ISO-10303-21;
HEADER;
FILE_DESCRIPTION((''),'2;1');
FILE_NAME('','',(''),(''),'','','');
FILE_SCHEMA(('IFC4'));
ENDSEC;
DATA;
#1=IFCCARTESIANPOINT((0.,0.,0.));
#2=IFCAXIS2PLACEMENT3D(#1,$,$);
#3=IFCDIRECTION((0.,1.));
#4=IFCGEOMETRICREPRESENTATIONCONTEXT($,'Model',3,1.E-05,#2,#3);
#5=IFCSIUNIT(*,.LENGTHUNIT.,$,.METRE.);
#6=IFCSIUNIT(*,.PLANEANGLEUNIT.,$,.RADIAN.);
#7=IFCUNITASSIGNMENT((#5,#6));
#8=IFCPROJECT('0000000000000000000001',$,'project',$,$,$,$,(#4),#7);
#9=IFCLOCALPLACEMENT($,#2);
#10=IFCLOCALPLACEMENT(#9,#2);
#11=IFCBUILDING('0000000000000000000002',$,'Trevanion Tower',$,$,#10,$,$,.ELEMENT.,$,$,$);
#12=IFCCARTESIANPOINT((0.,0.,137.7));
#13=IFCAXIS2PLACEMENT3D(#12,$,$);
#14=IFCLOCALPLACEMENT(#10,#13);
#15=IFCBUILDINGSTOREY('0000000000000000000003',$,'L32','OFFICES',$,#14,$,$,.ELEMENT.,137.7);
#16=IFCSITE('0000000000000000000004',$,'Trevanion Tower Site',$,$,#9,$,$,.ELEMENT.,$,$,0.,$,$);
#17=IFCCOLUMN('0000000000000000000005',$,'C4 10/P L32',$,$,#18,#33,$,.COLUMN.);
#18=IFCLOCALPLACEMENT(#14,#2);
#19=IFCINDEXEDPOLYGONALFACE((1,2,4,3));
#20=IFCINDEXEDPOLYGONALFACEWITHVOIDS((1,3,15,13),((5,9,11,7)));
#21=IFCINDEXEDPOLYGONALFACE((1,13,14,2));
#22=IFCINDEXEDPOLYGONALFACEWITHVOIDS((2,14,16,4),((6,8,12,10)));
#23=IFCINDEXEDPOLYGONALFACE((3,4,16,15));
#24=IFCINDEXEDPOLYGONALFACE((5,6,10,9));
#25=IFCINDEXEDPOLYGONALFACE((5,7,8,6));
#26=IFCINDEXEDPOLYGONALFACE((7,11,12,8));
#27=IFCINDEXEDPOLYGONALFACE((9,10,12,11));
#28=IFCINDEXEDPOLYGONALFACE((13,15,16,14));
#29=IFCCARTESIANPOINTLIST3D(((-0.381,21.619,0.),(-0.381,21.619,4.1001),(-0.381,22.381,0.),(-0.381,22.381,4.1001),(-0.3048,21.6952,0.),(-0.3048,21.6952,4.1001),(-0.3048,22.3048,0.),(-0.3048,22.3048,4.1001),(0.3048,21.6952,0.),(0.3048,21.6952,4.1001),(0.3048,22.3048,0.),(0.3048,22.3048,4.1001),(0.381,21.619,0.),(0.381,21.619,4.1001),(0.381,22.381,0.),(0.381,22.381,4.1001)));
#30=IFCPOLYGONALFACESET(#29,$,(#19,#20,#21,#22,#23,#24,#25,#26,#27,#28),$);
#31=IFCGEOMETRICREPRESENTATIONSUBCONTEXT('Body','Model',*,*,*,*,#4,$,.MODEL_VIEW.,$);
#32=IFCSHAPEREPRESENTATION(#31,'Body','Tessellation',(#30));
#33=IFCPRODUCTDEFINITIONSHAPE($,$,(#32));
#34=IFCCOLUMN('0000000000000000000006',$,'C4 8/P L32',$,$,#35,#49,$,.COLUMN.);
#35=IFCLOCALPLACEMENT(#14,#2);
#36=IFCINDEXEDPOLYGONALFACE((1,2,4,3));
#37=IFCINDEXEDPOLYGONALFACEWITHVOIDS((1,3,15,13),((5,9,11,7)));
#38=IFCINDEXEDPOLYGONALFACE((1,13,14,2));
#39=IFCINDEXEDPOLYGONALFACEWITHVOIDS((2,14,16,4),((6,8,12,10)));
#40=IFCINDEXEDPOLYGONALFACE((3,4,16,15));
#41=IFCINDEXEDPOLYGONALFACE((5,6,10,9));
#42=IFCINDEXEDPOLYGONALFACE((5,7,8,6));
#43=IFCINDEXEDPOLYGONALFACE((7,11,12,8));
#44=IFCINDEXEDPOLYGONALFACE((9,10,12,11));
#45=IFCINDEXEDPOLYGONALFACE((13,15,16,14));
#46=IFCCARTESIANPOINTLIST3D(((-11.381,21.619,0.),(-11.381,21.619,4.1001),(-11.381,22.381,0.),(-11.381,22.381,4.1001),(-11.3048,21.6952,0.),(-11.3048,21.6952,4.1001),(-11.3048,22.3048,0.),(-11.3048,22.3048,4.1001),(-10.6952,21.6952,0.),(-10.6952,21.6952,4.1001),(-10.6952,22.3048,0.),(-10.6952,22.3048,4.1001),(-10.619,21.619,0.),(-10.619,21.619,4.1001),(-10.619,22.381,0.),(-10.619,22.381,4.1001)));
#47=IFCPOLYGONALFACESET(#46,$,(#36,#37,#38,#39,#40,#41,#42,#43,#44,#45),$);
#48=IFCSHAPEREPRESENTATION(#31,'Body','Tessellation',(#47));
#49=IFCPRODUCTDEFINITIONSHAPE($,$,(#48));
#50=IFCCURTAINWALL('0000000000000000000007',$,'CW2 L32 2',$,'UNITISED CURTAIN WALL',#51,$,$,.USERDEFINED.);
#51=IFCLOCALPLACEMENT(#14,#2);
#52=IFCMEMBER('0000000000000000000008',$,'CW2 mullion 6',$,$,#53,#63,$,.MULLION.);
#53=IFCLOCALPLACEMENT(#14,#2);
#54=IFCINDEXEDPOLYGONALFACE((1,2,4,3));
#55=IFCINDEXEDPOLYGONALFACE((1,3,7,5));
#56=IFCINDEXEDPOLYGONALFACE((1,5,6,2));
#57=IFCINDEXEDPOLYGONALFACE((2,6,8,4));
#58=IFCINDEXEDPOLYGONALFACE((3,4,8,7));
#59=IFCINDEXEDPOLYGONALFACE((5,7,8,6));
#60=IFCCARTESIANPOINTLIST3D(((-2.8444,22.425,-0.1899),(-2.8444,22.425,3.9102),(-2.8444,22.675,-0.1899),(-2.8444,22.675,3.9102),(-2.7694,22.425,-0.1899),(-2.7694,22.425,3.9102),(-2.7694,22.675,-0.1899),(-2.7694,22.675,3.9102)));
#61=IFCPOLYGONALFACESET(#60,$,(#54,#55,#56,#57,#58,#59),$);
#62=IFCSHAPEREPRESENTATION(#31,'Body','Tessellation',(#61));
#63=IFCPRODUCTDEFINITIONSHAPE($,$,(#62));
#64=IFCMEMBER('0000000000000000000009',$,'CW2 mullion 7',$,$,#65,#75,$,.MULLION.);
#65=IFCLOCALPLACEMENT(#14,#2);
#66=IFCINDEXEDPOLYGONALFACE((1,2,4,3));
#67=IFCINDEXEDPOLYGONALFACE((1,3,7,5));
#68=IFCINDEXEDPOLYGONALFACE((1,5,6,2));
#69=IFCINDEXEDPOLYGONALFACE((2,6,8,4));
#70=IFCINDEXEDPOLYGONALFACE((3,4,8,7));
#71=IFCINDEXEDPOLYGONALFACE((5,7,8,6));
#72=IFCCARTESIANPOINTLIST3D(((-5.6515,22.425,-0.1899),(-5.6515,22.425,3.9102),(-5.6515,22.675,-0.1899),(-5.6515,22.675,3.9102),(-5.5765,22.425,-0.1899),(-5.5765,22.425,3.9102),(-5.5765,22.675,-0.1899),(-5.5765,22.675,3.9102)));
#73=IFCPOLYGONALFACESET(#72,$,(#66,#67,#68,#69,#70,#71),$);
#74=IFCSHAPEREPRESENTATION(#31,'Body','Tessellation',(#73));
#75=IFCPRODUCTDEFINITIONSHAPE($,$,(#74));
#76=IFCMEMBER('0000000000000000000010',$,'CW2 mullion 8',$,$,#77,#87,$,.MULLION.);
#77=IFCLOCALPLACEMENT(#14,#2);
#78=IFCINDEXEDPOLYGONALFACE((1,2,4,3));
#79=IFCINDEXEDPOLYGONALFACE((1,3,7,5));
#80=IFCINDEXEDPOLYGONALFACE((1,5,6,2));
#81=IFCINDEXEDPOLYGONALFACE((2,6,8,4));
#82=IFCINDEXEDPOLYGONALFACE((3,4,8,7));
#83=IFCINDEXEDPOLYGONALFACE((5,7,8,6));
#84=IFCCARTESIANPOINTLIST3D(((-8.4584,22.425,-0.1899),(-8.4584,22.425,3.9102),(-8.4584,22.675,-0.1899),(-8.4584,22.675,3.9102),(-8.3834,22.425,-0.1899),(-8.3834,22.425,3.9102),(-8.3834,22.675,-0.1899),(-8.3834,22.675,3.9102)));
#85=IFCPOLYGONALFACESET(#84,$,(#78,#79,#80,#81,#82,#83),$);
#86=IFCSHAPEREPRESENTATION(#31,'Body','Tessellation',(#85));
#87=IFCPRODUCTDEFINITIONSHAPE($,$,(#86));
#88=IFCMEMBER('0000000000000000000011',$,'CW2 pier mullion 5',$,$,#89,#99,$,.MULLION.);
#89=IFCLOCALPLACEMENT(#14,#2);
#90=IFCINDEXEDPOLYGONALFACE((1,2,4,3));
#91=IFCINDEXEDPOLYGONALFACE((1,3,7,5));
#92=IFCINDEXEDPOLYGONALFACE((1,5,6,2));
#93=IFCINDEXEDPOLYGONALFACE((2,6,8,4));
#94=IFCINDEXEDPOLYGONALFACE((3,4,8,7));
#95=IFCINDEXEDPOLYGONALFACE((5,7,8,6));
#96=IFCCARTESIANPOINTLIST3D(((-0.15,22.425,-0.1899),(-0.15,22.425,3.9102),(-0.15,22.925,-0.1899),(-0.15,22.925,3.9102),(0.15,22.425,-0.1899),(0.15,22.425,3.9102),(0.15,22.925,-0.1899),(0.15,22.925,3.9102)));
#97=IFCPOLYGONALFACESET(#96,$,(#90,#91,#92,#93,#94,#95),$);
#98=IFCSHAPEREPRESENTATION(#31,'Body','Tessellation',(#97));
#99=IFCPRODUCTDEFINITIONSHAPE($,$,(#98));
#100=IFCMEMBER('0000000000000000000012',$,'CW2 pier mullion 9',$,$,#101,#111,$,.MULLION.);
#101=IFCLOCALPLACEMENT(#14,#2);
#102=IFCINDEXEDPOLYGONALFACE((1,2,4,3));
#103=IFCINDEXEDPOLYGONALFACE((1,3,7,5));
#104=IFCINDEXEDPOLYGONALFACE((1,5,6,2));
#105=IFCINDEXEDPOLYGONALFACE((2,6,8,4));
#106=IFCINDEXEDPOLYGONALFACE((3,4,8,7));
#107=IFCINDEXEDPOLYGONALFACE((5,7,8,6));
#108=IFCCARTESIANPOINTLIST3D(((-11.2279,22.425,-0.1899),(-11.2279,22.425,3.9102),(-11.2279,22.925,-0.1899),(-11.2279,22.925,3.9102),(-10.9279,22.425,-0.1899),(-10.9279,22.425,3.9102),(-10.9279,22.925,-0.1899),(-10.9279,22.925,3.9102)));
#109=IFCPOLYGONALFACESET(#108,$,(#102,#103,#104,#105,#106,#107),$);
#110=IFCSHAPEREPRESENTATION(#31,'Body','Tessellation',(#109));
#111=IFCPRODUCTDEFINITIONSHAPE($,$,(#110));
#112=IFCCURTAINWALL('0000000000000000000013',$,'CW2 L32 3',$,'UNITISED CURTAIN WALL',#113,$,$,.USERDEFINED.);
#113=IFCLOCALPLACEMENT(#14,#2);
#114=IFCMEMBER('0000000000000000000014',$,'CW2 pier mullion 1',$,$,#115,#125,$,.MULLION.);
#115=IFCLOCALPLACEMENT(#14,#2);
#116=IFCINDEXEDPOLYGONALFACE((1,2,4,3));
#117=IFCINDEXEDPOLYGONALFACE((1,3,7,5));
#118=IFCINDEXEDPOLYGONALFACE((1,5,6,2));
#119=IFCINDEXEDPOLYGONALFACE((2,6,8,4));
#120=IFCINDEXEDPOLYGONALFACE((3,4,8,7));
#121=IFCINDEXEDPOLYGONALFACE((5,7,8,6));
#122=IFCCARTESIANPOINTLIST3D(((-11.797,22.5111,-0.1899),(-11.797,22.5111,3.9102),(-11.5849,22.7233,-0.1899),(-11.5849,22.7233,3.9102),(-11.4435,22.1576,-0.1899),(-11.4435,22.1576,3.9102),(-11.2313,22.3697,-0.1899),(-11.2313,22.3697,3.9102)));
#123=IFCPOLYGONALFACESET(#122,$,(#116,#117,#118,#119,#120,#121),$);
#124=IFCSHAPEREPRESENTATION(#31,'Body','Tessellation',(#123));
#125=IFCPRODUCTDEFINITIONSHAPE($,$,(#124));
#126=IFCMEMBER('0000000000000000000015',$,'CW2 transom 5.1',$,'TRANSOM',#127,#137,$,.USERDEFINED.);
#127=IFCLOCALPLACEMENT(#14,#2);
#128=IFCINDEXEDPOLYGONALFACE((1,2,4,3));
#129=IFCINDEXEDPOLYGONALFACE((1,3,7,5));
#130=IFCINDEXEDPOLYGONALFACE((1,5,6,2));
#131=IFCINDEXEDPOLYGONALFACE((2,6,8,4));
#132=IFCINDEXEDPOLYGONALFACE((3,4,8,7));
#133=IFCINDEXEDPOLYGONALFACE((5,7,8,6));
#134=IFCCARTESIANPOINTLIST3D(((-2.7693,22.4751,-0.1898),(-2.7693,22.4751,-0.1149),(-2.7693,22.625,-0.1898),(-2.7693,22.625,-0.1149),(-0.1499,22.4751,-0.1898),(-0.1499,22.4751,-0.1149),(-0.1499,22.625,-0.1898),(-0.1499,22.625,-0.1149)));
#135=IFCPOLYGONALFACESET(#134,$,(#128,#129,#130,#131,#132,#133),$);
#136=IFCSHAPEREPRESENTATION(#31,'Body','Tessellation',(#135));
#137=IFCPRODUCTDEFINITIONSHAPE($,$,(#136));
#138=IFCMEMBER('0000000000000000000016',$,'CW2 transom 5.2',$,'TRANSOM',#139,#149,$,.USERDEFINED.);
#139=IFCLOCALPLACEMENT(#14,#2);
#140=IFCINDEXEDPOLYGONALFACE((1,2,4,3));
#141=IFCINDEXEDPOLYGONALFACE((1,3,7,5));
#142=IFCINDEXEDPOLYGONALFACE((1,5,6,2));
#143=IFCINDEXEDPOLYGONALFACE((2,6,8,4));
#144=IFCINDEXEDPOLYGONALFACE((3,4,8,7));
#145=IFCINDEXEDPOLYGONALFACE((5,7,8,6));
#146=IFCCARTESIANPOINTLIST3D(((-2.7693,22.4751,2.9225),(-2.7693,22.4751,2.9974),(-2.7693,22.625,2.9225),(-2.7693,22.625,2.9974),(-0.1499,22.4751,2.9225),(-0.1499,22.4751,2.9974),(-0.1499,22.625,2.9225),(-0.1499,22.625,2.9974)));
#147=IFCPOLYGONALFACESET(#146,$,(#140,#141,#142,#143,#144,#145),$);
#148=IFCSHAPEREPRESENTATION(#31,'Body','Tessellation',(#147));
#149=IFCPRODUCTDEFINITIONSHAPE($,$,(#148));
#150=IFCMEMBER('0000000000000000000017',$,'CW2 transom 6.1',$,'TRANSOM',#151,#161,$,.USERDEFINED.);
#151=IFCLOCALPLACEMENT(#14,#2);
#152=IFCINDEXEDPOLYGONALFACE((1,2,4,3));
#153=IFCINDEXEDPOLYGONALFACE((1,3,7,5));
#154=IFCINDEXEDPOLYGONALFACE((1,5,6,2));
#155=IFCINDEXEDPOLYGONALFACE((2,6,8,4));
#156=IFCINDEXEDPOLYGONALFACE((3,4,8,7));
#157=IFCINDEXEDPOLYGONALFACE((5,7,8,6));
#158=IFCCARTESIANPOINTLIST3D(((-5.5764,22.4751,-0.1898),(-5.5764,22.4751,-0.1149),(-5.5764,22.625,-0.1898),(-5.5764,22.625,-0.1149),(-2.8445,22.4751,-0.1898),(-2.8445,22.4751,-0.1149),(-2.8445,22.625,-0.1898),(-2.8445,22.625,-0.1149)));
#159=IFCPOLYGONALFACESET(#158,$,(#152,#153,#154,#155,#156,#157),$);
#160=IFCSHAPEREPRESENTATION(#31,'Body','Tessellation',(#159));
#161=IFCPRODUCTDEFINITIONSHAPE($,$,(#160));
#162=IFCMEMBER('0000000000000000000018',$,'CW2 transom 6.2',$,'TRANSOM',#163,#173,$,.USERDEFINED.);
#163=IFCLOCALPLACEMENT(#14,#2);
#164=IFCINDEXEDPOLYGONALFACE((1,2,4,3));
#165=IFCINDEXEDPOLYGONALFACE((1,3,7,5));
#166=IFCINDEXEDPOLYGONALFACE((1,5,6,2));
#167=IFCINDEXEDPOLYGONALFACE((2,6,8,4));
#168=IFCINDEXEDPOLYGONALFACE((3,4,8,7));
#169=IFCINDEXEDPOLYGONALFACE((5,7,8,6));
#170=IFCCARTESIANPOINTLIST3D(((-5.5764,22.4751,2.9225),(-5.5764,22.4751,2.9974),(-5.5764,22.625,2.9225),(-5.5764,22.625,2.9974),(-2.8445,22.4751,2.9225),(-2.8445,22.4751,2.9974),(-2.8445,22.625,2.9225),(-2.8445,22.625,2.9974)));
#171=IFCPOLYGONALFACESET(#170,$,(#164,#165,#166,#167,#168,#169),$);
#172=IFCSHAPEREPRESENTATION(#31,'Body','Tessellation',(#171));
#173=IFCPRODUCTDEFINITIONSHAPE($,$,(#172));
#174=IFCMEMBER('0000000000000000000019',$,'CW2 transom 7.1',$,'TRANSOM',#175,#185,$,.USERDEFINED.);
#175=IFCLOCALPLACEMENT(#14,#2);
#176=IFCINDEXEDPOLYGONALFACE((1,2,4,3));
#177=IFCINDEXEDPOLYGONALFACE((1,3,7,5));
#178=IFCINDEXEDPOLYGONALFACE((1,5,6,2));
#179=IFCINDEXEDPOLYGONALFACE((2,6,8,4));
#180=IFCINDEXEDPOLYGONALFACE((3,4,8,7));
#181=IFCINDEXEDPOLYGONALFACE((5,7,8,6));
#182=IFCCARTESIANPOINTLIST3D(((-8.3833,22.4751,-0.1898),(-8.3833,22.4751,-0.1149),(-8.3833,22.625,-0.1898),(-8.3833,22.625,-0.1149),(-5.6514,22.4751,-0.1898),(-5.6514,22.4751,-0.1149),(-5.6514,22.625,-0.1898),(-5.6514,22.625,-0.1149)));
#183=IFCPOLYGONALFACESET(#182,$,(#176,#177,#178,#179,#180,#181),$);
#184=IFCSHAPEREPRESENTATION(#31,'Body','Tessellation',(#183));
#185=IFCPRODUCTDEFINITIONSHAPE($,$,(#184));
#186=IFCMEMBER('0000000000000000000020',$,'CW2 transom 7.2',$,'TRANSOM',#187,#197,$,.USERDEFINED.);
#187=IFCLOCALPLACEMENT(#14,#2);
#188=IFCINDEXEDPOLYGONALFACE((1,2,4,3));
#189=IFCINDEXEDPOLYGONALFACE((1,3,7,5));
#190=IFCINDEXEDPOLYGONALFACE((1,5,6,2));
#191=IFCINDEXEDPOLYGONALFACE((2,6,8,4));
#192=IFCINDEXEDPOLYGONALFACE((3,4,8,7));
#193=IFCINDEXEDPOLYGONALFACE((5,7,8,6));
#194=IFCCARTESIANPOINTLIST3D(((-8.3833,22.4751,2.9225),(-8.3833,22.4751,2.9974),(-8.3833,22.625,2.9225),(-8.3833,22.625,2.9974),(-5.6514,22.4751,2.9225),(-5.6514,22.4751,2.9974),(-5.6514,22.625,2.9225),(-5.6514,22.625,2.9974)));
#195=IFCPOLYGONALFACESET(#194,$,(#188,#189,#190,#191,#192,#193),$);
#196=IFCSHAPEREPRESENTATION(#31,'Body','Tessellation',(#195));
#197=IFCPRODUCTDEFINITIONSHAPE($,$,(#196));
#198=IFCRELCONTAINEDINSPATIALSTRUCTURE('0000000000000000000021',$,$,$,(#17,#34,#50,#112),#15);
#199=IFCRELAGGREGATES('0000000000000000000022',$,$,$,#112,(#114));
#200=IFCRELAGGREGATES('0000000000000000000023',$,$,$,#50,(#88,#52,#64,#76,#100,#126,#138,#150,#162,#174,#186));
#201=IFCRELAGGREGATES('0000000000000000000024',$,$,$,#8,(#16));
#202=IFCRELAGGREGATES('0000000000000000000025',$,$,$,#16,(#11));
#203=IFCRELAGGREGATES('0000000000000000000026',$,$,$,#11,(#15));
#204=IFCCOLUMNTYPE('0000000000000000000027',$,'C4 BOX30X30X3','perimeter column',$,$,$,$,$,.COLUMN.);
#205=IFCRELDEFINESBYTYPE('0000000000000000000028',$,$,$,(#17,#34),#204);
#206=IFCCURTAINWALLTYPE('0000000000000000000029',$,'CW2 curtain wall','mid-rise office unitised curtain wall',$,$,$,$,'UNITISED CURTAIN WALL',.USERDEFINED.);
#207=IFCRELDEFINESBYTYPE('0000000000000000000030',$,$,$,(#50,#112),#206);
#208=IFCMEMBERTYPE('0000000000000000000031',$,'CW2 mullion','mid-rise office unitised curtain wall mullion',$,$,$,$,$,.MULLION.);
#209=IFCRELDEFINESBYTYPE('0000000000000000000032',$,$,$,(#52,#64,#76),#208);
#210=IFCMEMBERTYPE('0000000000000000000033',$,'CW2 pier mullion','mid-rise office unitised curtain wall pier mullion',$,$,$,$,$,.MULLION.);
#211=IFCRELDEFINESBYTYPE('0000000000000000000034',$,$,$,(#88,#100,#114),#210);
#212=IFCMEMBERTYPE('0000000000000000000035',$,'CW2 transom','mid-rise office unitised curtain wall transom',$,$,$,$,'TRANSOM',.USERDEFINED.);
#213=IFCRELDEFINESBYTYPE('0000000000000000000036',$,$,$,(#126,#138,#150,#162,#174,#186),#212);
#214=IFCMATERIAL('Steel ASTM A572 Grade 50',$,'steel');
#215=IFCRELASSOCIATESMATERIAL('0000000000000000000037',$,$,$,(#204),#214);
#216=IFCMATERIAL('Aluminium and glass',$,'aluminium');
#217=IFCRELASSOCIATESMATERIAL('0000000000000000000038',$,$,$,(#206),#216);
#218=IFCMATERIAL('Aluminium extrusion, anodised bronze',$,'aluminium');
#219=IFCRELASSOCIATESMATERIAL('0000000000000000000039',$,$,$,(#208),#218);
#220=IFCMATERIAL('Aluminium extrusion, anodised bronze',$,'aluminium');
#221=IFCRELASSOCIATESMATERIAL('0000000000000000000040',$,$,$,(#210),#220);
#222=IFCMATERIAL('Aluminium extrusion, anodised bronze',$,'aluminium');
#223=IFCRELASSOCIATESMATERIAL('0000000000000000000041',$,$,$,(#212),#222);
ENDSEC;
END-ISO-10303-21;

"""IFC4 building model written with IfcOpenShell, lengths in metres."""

from ifc_helpers import new_model, si_unit, direction, frame, origin, origin_2d, place, context, subcontext, project, spatial, rectangle, hollow_rectangle, extrude, material, material_profile, profile_set, type_object, element, aggregate, save


model = new_model("IFC4")

# Units and contexts
model_context = context("Model", 3, precision=1e-05, world=origin(), true_north=direction((0.0, 1.0)))
body_context = subcontext(model_context, "Body", "Model", "MODEL_VIEW")
ifc_project = project(units=[si_unit("LENGTHUNIT", "METRE"), si_unit("PLANEANGLEUNIT", "RADIAN")], contexts=[model_context])

# Site, building, storey
site_placement = place(None, origin())
site = spatial("IfcSite", under=ifc_project, at=site_placement, Name="Trevanion Tower Site", CompositionType="ELEMENT", RefElevation=0.0)
building_placement = place(site_placement, origin())
building = spatial("IfcBuilding", under=site, at=building_placement, Name="Trevanion Tower", CompositionType="ELEMENT")
storey_placement = place(building_placement, frame((0.0, 0.0, 137.7)))
storey = spatial("IfcBuildingStorey", under=building, at=storey_placement, Name="L32", Description="OFFICES", CompositionType="ELEMENT", Elevation=137.7)

# Columns
ifc_material_1 = material(Name="Steel ASTM A572 Grade 50", Category="steel")
ifc_material_profile_1 = material_profile(ifc_material_1, hollow_rectangle(XDim=0.762, YDim=0.762, WallThickness=0.0762, at=origin_2d()), Name="BOX30X30X3")
ifc_profile_set_1 = profile_set([ifc_material_profile_1], Name="Steel ASTM A572 Grade 50")
column_type = type_object("IfcColumnType", Name="C4 BOX30X30X3", Description="perimeter column", PredefinedType="COLUMN", material=ifc_profile_set_1)
for number, where, z_axis, x_axis, name in (
    (1, (0.0, 22.0, 0.0), (0.0, 0.0, 1.0), (1.0, 0.0, 0.0), "C4 10/P L32"),
    (2, (-11.0, 22.0, 0.0), (0.0, 0.0, 1.0), (1.0, 0.0, 0.0), "C4 8/P L32"),
):
    element("IfcColumn", number, at=place(storey_placement, frame(where, z_axis=z_axis, x_axis=x_axis)), inside=storey, type_object=column_type, Name=name, PredefinedType="COLUMN", context=body_context, shape_type="SweptSolid", body=[
        extrude(hollow_rectangle(XDim=0.762, YDim=0.762, WallThickness=0.0762, at=origin_2d()), origin(), (0.0, 0.0, 1.0), 4.1001),
    ])

# Curtain wall, members
ifc_material_2 = material(Name="Aluminium and glass", Category="aluminium")
curtain_wall_type = type_object("IfcCurtainWallType", Name="CW2 curtain wall", Description="mid-rise office unitised curtain wall", ElementType="UNITISED CURTAIN WALL", PredefinedType="USERDEFINED", material=ifc_material_2)
curtain_wall_1_placement = place(storey_placement, origin())
curtain_wall_1 = element("IfcCurtainWall", 3, at=curtain_wall_1_placement, inside=storey, type_object=curtain_wall_type, Name="CW2 L32 2", ObjectType="UNITISED CURTAIN WALL", PredefinedType="USERDEFINED")
ifc_material_3 = material(Name="Aluminium extrusion, anodised bronze", Category="aluminium")
ifc_material_profile_2 = material_profile(ifc_material_3, rectangle(XDim=0.075, YDim=0.25, at=origin_2d()), Name="CW2 mullion")
ifc_profile_set_2 = profile_set([ifc_material_profile_2], Name="Aluminium extrusion, anodised bronze")
member_type_1 = type_object("IfcMemberType", Name="CW2 mullion", Description="mid-rise office unitised curtain wall mullion", PredefinedType="MULLION", material=ifc_profile_set_2)
member_1_placement = place(storey_placement, frame((-2.8069, 22.55, -0.1899), z_axis=(0.0, 0.0, 1.0), x_axis=(-1.0, 0.0, 0.0)))
member_1 = element("IfcMember", 4, at=member_1_placement, type_object=member_type_1, Name="CW2 mullion 6", PredefinedType="MULLION", context=body_context, shape_type="SweptSolid", body=[
    extrude(rectangle(XDim=0.075, YDim=0.25, at=origin_2d()), origin(), (0.0, 0.0, 1.0), 4.1001),
])
member_2_placement = place(storey_placement, frame((-5.614, 22.55, -0.1899), z_axis=(0.0, 0.0, 1.0), x_axis=(-1.0, 0.0, 0.0)))
member_2 = element("IfcMember", 5, at=member_2_placement, type_object=member_type_1, Name="CW2 mullion 7", PredefinedType="MULLION", context=body_context, shape_type="SweptSolid", body=[
    extrude(rectangle(XDim=0.075, YDim=0.25, at=origin_2d()), origin(), (0.0, 0.0, 1.0), 4.1001),
])
member_3_placement = place(storey_placement, frame((-8.4209, 22.55, -0.1899), z_axis=(0.0, 0.0, 1.0), x_axis=(-1.0, 0.0, 0.0)))
member_3 = element("IfcMember", 6, at=member_3_placement, type_object=member_type_1, Name="CW2 mullion 8", PredefinedType="MULLION", context=body_context, shape_type="SweptSolid", body=[
    extrude(rectangle(XDim=0.075, YDim=0.25, at=origin_2d()), origin(), (0.0, 0.0, 1.0), 4.1001),
])
ifc_material_4 = material(Name="Aluminium extrusion, anodised bronze", Category="aluminium")
ifc_material_profile_3 = material_profile(ifc_material_4, rectangle(XDim=0.3, YDim=0.5, at=origin_2d()), Name="CW2 pier mullion")
ifc_profile_set_3 = profile_set([ifc_material_profile_3], Name="Aluminium extrusion, anodised bronze")
member_type_2 = type_object("IfcMemberType", Name="CW2 pier mullion", Description="mid-rise office unitised curtain wall pier mullion", PredefinedType="MULLION", material=ifc_profile_set_3)
member_4_placement = place(storey_placement, frame((0.0, 22.675, -0.1899), z_axis=(0.0, 0.0, 1.0), x_axis=(-1.0, 0.0, 0.0)))
member_4 = element("IfcMember", 7, at=member_4_placement, type_object=member_type_2, Name="CW2 pier mullion 5", PredefinedType="MULLION", context=body_context, shape_type="SweptSolid", body=[
    extrude(rectangle(XDim=0.3, YDim=0.5, at=origin_2d()), origin(), (0.0, 0.0, 1.0), 4.1001),
])
member_5_placement = place(storey_placement, frame((-11.0779, 22.675, -0.1899), z_axis=(0.0, 0.0, 1.0), x_axis=(-1.0, 0.0, 0.0)))
member_5 = element("IfcMember", 8, at=member_5_placement, type_object=member_type_2, Name="CW2 pier mullion 9", PredefinedType="MULLION", context=body_context, shape_type="SweptSolid", body=[
    extrude(rectangle(XDim=0.3, YDim=0.5, at=origin_2d()), origin(), (0.0, 0.0, 1.0), 4.1001),
])

# Curtain wall, member
curtain_wall_2_placement = place(storey_placement, origin())
curtain_wall_2 = element("IfcCurtainWall", 9, at=curtain_wall_2_placement, inside=storey, type_object=curtain_wall_type, Name="CW2 L32 3", ObjectType="UNITISED CURTAIN WALL", PredefinedType="USERDEFINED")
member_6_placement = place(storey_placement, frame((-11.5142, 22.4404, -0.1899), z_axis=(0.0, 0.0, 1.0), x_axis=(-0.707107, -0.707107, 0.0)))
member_6 = element("IfcMember", 10, at=member_6_placement, type_object=member_type_2, Name="CW2 pier mullion 1", PredefinedType="MULLION", context=body_context, shape_type="SweptSolid", body=[
    extrude(rectangle(XDim=0.3, YDim=0.5, at=origin_2d()), origin(), (0.0, 0.0, 1.0), 4.1001),
])
aggregate(curtain_wall_2, [member_6])

# Members
ifc_material_5 = material(Name="Aluminium extrusion, anodised bronze", Category="aluminium")
ifc_material_profile_4 = material_profile(ifc_material_5, rectangle(XDim=0.1499, YDim=0.075, at=origin_2d()), Name="CW2 transom")
ifc_profile_set_4 = profile_set([ifc_material_profile_4], Name="Aluminium extrusion, anodised bronze")
member_type_3 = type_object("IfcMemberType", Name="CW2 transom", Description="mid-rise office unitised curtain wall transom", ElementType="TRANSOM", PredefinedType="USERDEFINED", material=ifc_profile_set_4)
member_7_placement = place(storey_placement, frame((-0.1499, 22.55, -0.1523), z_axis=(-1.0, 0.0, 0.0), x_axis=(0.0, -1.0, 0.0)))
member_7 = element("IfcMember", 11, at=member_7_placement, type_object=member_type_3, Name="CW2 transom 5.1", ObjectType="TRANSOM", PredefinedType="USERDEFINED", context=body_context, shape_type="SweptSolid", body=[
    extrude(rectangle(XDim=0.1499, YDim=0.075, at=origin_2d()), origin(), (0.0, 0.0, 1.0), 2.6194),
])
member_8_placement = place(storey_placement, frame((-0.1499, 22.55, 2.96), z_axis=(-1.0, 0.0, 0.0), x_axis=(0.0, -1.0, 0.0)))
member_8 = element("IfcMember", 12, at=member_8_placement, type_object=member_type_3, Name="CW2 transom 5.2", ObjectType="TRANSOM", PredefinedType="USERDEFINED", context=body_context, shape_type="SweptSolid", body=[
    extrude(rectangle(XDim=0.1499, YDim=0.075, at=origin_2d()), origin(), (0.0, 0.0, 1.0), 2.6194),
])
member_9_placement = place(storey_placement, frame((-2.8445, 22.55, -0.1523), z_axis=(-1.0, 0.0, 0.0), x_axis=(0.0, -1.0, 0.0)))
member_9 = element("IfcMember", 13, at=member_9_placement, type_object=member_type_3, Name="CW2 transom 6.1", ObjectType="TRANSOM", PredefinedType="USERDEFINED", context=body_context, shape_type="SweptSolid", body=[
    extrude(rectangle(XDim=0.1499, YDim=0.075, at=origin_2d()), origin(), (0.0, 0.0, 1.0), 2.7319),
])
member_10_placement = place(storey_placement, frame((-2.8445, 22.55, 2.96), z_axis=(-1.0, 0.0, 0.0), x_axis=(0.0, -1.0, 0.0)))
member_10 = element("IfcMember", 14, at=member_10_placement, type_object=member_type_3, Name="CW2 transom 6.2", ObjectType="TRANSOM", PredefinedType="USERDEFINED", context=body_context, shape_type="SweptSolid", body=[
    extrude(rectangle(XDim=0.1499, YDim=0.075, at=origin_2d()), origin(), (0.0, 0.0, 1.0), 2.7319),
])
member_11_placement = place(storey_placement, frame((-5.6514, 22.55, -0.1523), z_axis=(-1.0, 0.0, 0.0), x_axis=(0.0, -1.0, 0.0)))
member_11 = element("IfcMember", 15, at=member_11_placement, type_object=member_type_3, Name="CW2 transom 7.1", ObjectType="TRANSOM", PredefinedType="USERDEFINED", context=body_context, shape_type="SweptSolid", body=[
    extrude(rectangle(XDim=0.1499, YDim=0.075, at=origin_2d()), origin(), (0.0, 0.0, 1.0), 2.7319),
])
member_12_placement = place(storey_placement, frame((-5.6514, 22.55, 2.96), z_axis=(-1.0, 0.0, 0.0), x_axis=(0.0, -1.0, 0.0)))
member_12 = element("IfcMember", 16, at=member_12_placement, type_object=member_type_3, Name="CW2 transom 7.2", ObjectType="TRANSOM", PredefinedType="USERDEFINED", context=body_context, shape_type="SweptSolid", body=[
    extrude(rectangle(XDim=0.1499, YDim=0.075, at=origin_2d()), origin(), (0.0, 0.0, 1.0), 2.7319),
])

aggregate(curtain_wall_1, [member_4, member_1, member_2, member_3, member_5, member_7, member_8, member_9, member_10, member_11, member_12])

save(model, "model.ifc")
